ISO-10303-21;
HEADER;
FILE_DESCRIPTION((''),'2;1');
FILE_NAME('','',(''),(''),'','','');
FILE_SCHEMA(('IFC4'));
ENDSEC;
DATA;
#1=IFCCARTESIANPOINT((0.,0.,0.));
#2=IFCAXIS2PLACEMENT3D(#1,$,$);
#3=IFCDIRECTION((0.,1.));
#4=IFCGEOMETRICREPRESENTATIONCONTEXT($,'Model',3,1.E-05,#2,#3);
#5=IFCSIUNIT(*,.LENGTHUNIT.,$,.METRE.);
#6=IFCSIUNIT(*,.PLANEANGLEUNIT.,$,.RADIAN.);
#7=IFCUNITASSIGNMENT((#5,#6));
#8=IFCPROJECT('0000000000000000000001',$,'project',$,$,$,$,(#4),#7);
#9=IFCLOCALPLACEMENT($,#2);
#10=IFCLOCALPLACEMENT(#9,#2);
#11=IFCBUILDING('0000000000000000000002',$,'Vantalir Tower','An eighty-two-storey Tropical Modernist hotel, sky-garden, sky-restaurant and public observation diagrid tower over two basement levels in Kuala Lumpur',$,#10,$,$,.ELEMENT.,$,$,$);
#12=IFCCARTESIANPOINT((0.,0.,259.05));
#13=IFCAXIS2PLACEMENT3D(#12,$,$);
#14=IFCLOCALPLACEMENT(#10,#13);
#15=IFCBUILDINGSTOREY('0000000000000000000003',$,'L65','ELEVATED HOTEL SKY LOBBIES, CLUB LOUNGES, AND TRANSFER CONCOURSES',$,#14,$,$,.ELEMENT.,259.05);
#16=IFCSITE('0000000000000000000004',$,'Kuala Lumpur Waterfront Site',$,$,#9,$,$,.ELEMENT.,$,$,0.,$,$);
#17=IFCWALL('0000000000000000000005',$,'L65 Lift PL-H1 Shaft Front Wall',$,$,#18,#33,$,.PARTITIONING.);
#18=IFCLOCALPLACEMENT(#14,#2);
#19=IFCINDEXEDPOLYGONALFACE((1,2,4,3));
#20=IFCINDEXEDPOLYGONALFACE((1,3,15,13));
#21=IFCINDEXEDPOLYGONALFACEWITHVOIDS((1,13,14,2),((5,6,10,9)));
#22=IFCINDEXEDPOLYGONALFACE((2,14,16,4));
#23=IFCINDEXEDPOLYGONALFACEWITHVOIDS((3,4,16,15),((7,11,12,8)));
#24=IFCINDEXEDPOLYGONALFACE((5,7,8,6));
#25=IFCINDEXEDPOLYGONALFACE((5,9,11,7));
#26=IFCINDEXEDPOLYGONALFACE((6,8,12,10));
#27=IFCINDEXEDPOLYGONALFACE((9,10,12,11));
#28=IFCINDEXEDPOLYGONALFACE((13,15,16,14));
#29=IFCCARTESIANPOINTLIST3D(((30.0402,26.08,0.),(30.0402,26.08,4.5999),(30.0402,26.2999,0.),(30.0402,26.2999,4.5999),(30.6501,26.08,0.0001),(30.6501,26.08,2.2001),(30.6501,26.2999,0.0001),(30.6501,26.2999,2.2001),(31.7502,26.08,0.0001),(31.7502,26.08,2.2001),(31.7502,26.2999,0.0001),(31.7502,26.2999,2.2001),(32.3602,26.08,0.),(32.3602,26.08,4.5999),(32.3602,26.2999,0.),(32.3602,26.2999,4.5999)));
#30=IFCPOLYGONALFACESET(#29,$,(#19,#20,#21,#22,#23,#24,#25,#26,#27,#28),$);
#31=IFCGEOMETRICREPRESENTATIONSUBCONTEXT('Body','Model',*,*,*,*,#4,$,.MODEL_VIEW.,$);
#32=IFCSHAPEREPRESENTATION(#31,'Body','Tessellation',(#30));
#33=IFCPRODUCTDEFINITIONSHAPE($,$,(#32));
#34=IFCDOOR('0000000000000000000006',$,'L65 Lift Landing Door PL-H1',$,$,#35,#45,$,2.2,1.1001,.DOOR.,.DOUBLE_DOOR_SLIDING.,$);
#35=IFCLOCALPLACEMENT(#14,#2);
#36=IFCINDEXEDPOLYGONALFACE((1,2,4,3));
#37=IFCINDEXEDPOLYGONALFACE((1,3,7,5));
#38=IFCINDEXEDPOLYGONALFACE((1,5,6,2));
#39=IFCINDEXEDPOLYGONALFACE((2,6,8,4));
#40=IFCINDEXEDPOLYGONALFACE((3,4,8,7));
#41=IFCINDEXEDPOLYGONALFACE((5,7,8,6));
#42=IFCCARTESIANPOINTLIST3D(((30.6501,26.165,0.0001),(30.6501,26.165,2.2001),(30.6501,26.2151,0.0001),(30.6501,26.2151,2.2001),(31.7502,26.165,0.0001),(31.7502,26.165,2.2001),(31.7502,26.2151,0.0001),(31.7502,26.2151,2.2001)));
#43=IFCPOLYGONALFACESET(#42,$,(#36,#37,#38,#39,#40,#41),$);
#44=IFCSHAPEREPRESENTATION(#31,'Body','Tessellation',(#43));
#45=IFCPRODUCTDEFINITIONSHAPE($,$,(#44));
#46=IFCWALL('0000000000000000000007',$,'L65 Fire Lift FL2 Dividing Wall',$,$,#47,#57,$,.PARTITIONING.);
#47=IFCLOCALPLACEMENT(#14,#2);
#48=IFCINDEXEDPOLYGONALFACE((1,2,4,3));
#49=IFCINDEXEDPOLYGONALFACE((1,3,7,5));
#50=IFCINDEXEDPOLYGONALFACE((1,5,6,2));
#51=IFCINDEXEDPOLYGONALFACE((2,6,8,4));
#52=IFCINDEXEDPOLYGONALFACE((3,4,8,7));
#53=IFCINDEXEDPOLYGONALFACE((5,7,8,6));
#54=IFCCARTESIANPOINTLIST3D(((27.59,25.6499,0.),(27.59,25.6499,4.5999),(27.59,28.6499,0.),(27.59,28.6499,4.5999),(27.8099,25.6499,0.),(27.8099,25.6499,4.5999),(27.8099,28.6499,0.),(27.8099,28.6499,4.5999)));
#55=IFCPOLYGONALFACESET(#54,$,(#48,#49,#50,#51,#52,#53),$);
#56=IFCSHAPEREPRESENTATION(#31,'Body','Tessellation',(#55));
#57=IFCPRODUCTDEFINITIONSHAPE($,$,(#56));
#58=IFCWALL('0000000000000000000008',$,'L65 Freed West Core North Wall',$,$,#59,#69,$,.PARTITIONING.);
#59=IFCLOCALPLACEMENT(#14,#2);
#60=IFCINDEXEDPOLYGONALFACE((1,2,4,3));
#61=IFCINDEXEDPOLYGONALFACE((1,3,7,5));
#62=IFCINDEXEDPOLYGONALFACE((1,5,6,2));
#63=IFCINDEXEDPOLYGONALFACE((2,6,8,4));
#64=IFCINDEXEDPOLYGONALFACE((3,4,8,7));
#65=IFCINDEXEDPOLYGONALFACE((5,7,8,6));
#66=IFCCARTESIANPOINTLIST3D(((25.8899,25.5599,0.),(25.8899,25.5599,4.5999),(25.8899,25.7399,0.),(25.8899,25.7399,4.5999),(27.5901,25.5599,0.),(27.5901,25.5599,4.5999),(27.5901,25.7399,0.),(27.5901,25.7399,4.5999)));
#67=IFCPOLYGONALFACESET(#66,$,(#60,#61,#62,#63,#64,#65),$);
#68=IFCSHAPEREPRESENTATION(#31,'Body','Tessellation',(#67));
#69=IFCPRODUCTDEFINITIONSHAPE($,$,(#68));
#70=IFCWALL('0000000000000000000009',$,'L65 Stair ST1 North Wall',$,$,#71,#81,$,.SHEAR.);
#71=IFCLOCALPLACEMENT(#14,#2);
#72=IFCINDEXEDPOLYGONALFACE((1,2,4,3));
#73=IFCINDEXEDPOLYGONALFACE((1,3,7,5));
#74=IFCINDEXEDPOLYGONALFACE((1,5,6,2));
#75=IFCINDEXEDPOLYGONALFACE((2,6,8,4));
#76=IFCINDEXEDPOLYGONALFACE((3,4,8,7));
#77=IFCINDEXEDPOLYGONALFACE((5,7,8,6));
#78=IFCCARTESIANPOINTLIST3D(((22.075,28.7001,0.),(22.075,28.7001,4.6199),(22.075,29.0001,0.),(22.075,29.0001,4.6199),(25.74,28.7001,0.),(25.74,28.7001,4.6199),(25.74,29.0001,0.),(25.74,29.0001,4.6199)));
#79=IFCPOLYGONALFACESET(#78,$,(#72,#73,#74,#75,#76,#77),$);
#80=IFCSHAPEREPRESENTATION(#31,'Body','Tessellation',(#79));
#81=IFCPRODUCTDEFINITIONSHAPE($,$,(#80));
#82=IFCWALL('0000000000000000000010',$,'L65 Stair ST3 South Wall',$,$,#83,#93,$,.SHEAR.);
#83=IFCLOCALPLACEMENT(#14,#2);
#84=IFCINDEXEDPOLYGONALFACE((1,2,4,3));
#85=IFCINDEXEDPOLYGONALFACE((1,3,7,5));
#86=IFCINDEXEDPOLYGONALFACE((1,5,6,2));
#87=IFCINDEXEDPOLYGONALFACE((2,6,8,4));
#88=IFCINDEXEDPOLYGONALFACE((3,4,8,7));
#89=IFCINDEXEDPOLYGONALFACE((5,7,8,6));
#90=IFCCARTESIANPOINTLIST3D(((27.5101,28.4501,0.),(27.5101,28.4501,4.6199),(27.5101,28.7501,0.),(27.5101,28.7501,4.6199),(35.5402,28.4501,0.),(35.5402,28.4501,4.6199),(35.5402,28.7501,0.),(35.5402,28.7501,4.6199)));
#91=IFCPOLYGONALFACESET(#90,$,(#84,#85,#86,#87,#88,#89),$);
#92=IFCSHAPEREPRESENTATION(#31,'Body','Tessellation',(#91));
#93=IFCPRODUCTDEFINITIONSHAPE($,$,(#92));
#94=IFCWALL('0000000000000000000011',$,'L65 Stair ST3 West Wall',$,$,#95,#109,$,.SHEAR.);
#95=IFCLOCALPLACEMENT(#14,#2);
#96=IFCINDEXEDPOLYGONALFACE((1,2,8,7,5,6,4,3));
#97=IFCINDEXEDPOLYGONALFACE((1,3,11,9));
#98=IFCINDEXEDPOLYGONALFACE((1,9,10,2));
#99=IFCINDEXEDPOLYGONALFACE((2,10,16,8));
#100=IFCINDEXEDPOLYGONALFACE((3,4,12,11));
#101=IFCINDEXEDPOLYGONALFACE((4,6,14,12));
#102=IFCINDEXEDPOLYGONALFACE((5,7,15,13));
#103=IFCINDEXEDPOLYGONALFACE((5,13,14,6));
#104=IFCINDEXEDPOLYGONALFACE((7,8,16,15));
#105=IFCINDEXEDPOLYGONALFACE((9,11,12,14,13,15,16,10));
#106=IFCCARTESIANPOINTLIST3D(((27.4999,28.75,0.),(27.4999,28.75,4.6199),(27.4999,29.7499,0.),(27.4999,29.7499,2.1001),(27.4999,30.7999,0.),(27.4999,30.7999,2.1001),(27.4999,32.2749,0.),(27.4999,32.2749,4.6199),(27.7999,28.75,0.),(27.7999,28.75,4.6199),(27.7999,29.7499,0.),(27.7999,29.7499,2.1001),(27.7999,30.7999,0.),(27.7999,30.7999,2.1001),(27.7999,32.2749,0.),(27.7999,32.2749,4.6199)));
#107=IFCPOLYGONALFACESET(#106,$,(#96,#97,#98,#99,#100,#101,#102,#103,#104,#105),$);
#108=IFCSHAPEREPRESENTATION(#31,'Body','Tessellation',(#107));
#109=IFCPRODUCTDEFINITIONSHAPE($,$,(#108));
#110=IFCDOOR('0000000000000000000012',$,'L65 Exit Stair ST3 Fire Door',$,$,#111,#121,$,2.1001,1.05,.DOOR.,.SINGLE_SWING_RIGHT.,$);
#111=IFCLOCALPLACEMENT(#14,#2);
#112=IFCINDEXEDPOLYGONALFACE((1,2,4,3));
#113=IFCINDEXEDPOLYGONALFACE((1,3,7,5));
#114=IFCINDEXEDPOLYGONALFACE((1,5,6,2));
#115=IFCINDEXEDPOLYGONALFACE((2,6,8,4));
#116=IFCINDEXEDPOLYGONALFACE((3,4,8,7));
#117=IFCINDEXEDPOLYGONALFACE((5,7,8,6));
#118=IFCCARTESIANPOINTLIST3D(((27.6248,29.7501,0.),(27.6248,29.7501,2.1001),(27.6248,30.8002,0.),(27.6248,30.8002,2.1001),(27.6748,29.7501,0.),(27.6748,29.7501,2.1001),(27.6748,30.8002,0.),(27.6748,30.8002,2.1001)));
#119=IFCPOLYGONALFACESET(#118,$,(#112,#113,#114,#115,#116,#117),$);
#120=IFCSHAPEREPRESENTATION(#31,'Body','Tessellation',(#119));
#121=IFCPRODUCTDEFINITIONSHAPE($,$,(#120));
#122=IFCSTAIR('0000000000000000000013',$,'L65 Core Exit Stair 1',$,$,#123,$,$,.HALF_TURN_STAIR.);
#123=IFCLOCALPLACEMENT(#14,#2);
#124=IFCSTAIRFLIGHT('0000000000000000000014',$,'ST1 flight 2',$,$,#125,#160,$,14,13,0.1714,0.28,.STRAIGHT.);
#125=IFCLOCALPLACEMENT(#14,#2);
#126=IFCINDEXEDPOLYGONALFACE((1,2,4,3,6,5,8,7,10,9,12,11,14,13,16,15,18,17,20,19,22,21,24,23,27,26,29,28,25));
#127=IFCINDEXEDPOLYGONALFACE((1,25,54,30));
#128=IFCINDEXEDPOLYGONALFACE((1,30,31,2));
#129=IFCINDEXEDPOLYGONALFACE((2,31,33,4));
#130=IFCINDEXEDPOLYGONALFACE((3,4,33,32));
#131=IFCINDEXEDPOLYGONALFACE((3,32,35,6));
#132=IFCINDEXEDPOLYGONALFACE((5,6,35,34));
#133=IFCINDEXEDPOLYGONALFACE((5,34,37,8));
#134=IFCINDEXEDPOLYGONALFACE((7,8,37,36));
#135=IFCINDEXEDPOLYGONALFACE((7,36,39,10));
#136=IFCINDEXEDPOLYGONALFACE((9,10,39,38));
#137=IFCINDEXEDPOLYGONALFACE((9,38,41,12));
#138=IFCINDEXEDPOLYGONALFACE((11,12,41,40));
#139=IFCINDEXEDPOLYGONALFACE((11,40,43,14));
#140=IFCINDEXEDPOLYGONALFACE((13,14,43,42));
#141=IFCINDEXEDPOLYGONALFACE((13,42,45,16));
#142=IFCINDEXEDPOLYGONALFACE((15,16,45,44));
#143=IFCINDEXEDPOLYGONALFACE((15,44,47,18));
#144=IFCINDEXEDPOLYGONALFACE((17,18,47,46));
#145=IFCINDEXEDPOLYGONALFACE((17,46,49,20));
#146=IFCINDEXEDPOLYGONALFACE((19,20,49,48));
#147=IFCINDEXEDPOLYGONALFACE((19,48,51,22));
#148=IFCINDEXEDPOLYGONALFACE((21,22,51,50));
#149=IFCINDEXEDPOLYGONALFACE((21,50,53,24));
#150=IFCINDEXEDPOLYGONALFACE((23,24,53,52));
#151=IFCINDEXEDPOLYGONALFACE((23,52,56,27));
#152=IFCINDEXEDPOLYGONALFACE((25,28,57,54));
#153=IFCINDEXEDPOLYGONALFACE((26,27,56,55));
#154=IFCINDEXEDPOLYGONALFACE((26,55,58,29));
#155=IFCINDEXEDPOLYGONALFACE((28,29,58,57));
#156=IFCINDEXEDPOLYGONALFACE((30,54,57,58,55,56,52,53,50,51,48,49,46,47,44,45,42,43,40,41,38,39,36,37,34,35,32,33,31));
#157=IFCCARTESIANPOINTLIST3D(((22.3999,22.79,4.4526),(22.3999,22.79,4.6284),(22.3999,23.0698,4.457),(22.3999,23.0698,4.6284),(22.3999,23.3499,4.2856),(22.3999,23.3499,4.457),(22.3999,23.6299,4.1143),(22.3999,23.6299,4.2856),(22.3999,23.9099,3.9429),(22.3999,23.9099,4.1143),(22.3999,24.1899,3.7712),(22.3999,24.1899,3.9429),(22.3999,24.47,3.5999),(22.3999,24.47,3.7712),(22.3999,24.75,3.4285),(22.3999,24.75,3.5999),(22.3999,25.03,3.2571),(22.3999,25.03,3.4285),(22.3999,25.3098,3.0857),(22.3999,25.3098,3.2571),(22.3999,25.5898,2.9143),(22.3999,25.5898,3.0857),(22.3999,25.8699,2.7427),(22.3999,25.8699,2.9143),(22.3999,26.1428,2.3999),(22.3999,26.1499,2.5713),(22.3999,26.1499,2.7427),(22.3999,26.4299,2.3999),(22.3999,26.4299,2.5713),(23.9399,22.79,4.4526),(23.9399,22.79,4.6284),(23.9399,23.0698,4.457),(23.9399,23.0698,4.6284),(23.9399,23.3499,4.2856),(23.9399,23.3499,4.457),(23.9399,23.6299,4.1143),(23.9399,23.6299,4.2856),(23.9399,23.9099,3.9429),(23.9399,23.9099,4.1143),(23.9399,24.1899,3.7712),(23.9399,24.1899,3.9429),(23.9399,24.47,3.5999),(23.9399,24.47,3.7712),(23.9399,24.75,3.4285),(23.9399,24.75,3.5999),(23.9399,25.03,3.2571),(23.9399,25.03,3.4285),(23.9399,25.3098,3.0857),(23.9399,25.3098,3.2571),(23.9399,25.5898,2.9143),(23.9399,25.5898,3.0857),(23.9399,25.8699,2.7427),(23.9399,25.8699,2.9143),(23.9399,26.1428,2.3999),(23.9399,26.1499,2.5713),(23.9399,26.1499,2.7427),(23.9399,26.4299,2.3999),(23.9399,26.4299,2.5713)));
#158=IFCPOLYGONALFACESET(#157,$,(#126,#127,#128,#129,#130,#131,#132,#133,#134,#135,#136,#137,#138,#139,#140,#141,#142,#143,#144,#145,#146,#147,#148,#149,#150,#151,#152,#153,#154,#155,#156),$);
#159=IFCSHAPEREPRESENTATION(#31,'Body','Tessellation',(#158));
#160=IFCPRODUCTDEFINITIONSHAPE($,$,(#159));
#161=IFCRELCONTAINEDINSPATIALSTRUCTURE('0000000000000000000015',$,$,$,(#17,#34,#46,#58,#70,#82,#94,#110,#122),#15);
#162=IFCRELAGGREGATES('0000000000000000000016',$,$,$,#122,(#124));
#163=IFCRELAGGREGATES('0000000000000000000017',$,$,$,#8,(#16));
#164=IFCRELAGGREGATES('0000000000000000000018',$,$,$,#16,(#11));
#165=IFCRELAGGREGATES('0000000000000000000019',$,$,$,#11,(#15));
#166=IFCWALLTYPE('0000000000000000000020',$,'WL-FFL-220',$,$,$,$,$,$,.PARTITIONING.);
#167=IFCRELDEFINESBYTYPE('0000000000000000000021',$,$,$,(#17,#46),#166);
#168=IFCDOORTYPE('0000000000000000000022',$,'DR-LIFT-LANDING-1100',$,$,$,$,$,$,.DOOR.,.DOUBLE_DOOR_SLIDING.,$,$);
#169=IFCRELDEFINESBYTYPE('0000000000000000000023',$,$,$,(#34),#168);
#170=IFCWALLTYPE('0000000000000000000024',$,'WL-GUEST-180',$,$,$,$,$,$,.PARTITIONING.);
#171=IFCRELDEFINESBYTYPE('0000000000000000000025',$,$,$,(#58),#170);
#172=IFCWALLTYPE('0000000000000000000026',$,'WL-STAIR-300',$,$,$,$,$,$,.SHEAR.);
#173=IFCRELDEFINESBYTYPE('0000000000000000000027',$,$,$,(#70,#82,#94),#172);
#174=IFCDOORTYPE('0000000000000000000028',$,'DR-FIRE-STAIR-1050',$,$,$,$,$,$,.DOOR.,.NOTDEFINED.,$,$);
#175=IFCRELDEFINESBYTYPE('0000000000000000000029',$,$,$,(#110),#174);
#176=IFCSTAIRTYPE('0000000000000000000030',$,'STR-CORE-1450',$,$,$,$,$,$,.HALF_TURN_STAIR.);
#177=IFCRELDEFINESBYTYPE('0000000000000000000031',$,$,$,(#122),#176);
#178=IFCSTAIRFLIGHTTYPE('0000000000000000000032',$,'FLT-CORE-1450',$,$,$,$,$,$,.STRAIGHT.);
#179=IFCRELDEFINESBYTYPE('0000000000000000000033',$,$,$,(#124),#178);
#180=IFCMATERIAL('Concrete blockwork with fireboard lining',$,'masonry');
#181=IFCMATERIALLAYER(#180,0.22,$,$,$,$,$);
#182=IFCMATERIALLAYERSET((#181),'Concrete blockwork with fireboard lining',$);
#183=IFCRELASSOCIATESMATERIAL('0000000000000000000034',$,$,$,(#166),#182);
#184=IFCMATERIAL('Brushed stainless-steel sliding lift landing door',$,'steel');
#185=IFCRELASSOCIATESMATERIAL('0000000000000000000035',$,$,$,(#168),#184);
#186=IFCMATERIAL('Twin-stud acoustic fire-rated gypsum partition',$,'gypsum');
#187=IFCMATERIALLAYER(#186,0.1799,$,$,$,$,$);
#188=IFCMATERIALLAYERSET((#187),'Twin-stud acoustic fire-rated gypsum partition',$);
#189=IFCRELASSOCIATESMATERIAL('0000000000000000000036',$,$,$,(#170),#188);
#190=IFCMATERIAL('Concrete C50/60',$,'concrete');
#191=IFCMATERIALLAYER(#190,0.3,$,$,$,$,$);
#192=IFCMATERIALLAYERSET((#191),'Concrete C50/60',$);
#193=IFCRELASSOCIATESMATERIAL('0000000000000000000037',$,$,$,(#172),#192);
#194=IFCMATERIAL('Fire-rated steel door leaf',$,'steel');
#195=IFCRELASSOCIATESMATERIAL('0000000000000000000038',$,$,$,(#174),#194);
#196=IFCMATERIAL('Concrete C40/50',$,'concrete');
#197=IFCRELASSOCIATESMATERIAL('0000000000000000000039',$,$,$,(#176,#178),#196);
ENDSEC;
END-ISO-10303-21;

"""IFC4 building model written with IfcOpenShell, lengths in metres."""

from ifc_helpers import new_model, si_unit, direction, frame, frame_2d, origin, place, context, subcontext, project, spatial, polyline, rectangle, outline, extrude, material, layer, layer_set, type_object, element, fill, aggregate, save


model = new_model("IFC4")

# Units and contexts
model_context = context("Model", 3, precision=1e-05, world=origin(), true_north=direction((0.0, 1.0)))
body_context = subcontext(model_context, "Body", "Model", "MODEL_VIEW")
ifc_project = project(units=[si_unit("LENGTHUNIT", "METRE"), si_unit("PLANEANGLEUNIT", "RADIAN")], contexts=[model_context])

# Site, building, storey
site_placement = place(None, origin())
site = spatial("IfcSite", under=ifc_project, at=site_placement, Name="Kuala Lumpur Waterfront Site", CompositionType="ELEMENT", RefElevation=0.0)
building_placement = place(site_placement, origin())
building = spatial("IfcBuilding", under=site, at=building_placement, Name="Vantalir Tower", Description="An eighty-two-storey Tropical Modernist hotel, sky-garden, sky-restaurant and public observation diagrid tower over two basement levels in Kuala Lumpur", CompositionType="ELEMENT")
storey_placement = place(building_placement, frame((0.0, 0.0, 259.05)))
storey = spatial("IfcBuildingStorey", under=building, at=storey_placement, Name="L65", Description="ELEVATED HOTEL SKY LOBBIES, CLUB LOUNGES, AND TRANSFER CONCOURSES", CompositionType="ELEMENT", Elevation=259.05)

# Shared definitions
ifc_material_1 = material(Name="Concrete C50/60", Category="concrete")

# Shared definitions
ifc_material_2 = material(Name="Concrete blockwork with fireboard lining", Category="masonry")
ifc_layer_1 = layer(ifc_material_2, 0.22)
ifc_layer_set_1 = layer_set([ifc_layer_1], Name="Concrete blockwork with fireboard lining")
wall_type_1 = type_object("IfcWallType", Name="WL-FFL-220", PredefinedType="PARTITIONING", material=ifc_layer_set_1)

# Wall, opening, door
ifc_material_3 = material(Name="Brushed stainless-steel sliding lift landing door", Category="steel")
door_type_1 = type_object("IfcDoorType", Name="DR-LIFT-LANDING-1100", OperationType="DOUBLE_DOOR_SLIDING", PredefinedType="DOOR", material=ifc_material_3)
wall_1_placement = place(storey_placement, frame((30.04, 26.1899, 0.0), z_axis=(0.0, 0.0, 1.0), x_axis=(1.0, 0.0, 0.0)))
wall_1 = element("IfcWall", 1, at=wall_1_placement, inside=storey, type_object=wall_type_1, Name="L65 Lift PL-H1 Shaft Front Wall", PredefinedType="PARTITIONING", context=body_context, shape_type="SweptSolid", body=[
    extrude(rectangle(XDim=2.3201, YDim=0.22, at=frame_2d((1.1602, 0.0))), origin(), (0.0, 0.0, 1.0), 4.5999),
])
opening_1_placement = place(wall_1_placement, frame((0.6101, 0.0, 0.0)))
opening_1 = element("IfcOpeningElement", 2, at=opening_1_placement, cuts=wall_1, PredefinedType="OPENING", context=body_context, shape_type="SweptSolid", body=[
    extrude(rectangle(XDim=1.1001, YDim=2.2, at=frame_2d((0.55, 1.1001))), frame((0.0, 0.1199, 0.0), z_axis=(0.0, -1.0, 0.0), x_axis=(1.0, 0.0, 0.0)), (0.0, 0.0, 1.0), 0.24),
])
door_1_placement = place(opening_1_placement, frame((1.1001, 0.0, 0.0), z_axis=(0.0, 0.0, 1.0), x_axis=(-1.0, 0.0, 0.0)))
door_1 = element("IfcDoor", 3, at=door_1_placement, inside=storey, type_object=door_type_1, Name="L65 Lift Landing Door PL-H1", OperationType="DOUBLE_DOOR_SLIDING", OverallHeight=2.2, OverallWidth=1.1001, PredefinedType="DOOR", context=body_context, shape_type="SweptSolid", body=[
    extrude(rectangle(XDim=1.1001, YDim=2.2, at=frame_2d((0.55, 1.1001))), frame((0.0, 0.0249, 0.0), z_axis=(0.0, -1.0, 0.0), x_axis=(1.0, 0.0, 0.0)), (0.0, 0.0, 1.0), 0.05),
])
fill(opening_1, door_1)

# Walls
wall_2_placement = place(storey_placement, frame((27.7, 25.6499, 0.0), z_axis=(0.0, 0.0, 1.0), x_axis=(0.0, 1.0, 0.0)))
element("IfcWall", 4, at=wall_2_placement, inside=storey, type_object=wall_type_1, Name="L65 Fire Lift FL2 Dividing Wall", PredefinedType="PARTITIONING", context=body_context, shape_type="SweptSolid", body=[
    extrude(rectangle(XDim=3.0, YDim=0.22, at=frame_2d((1.5, 0.0))), origin(), (0.0, 0.0, 1.0), 4.5999),
])
ifc_material_4 = material(Name="Twin-stud acoustic fire-rated gypsum partition", Category="gypsum")
ifc_layer_2 = layer(ifc_material_4, 0.1799)
ifc_layer_set_2 = layer_set([ifc_layer_2], Name="Twin-stud acoustic fire-rated gypsum partition")
wall_type_2 = type_object("IfcWallType", Name="WL-GUEST-180", PredefinedType="PARTITIONING", material=ifc_layer_set_2)
wall_3_placement = place(storey_placement, frame((25.8899, 25.6499, 0.0), z_axis=(0.0, 0.0, 1.0), x_axis=(1.0, 0.0, 0.0)))
element("IfcWall", 5, at=wall_3_placement, inside=storey, type_object=wall_type_2, Name="L65 Freed West Core North Wall", PredefinedType="PARTITIONING", context=body_context, shape_type="SweptSolid", body=[
    extrude(rectangle(XDim=1.7002, YDim=0.1799, at=frame_2d((0.8501, 0.0))), origin(), (0.0, 0.0, 1.0), 4.5999),
])
ifc_layer_3 = layer(ifc_material_1, 0.3)
ifc_layer_set_3 = layer_set([ifc_layer_3], Name="Concrete C50/60")
wall_type_3 = type_object("IfcWallType", Name="WL-STAIR-300", PredefinedType="SHEAR", material=ifc_layer_set_3)
wall_4_placement = place(storey_placement, frame((22.075, 28.8501, 0.0), z_axis=(0.0, 0.0, 1.0), x_axis=(1.0, 0.0, 0.0)))
element("IfcWall", 6, at=wall_4_placement, inside=storey, type_object=wall_type_3, Name="L65 Stair ST1 North Wall", PredefinedType="SHEAR", context=body_context, shape_type="SweptSolid", body=[
    extrude(rectangle(XDim=3.665, YDim=0.3, at=frame_2d((1.8325, 0.0))), origin(), (0.0, 0.0, 1.0), 4.6199),
])
wall_5_placement = place(storey_placement, frame((27.51, 28.6001, 0.0), z_axis=(0.0, 0.0, 1.0), x_axis=(1.0, 0.0, 0.0)))
element("IfcWall", 7, at=wall_5_placement, inside=storey, type_object=wall_type_3, Name="L65 Stair ST3 South Wall", PredefinedType="SHEAR", context=body_context, shape_type="SweptSolid", body=[
    extrude(rectangle(XDim=8.03, YDim=0.3, at=frame_2d((4.0151, 0.0))), origin(), (0.0, 0.0, 1.0), 4.6199),
])

# Wall, opening, door
wall_6_placement = place(storey_placement, frame((27.6499, 28.75, 0.0), z_axis=(0.0, 0.0, 1.0), x_axis=(0.0, 1.0, 0.0)))
wall_6 = element("IfcWall", 8, at=wall_6_placement, inside=storey, type_object=wall_type_3, Name="L65 Stair ST3 West Wall", PredefinedType="SHEAR", context=body_context, shape_type="SweptSolid", body=[
    extrude(rectangle(XDim=3.5249, YDim=0.3, at=frame_2d((1.7625, 0.0))), origin(), (0.0, 0.0, 1.0), 4.6199),
])
opening_2_placement = place(wall_6_placement, frame((1.0, 0.0, 0.0)))
opening_2 = element("IfcOpeningElement", 9, at=opening_2_placement, cuts=wall_6, PredefinedType="OPENING", context=body_context, shape_type="SweptSolid", body=[
    extrude(rectangle(XDim=1.05, YDim=2.1001, at=frame_2d((0.5249, 1.05))), frame((0.0, 0.1599, 0.0), z_axis=(0.0, -1.0, 0.0), x_axis=(1.0, 0.0, 0.0)), (0.0, 0.0, 1.0), 0.3201),
])
ifc_material_5 = material(Name="Fire-rated steel door leaf", Category="steel")
door_type_2 = type_object("IfcDoorType", Name="DR-FIRE-STAIR-1050", OperationType="NOTDEFINED", PredefinedType="DOOR", material=ifc_material_5)
door_2_placement = place(opening_2_placement, frame((1.05, 0.0, 0.0), z_axis=(0.0, 0.0, 1.0), x_axis=(-1.0, 0.0, 0.0)))
door_2 = element("IfcDoor", 10, at=door_2_placement, inside=storey, type_object=door_type_2, Name="L65 Exit Stair ST3 Fire Door", OperationType="SINGLE_SWING_RIGHT", OverallHeight=2.1001, OverallWidth=1.05, PredefinedType="DOOR", context=body_context, shape_type="SweptSolid", body=[
    extrude(rectangle(XDim=1.05, YDim=2.1001, at=frame_2d((0.5249, 1.05))), frame((0.0, 0.0249, 0.0), z_axis=(0.0, -1.0, 0.0), x_axis=(1.0, 0.0, 0.0)), (0.0, 0.0, 1.0), 0.05),
])
fill(opening_2, door_2)

# Stair, stair flight
ifc_material_6 = material(Name="Concrete C40/50", Category="concrete")
stair_type = type_object("IfcStairType", Name="STR-CORE-1450", PredefinedType="HALF_TURN_STAIR", material=ifc_material_6)
stair_1_placement = place(storey_placement, origin())
stair_1 = element("IfcStair", 11, at=stair_1_placement, inside=storey, type_object=stair_type, Name="L65 Core Exit Stair 1", PredefinedType="HALF_TURN_STAIR")
stair_flight_type = type_object("IfcStairFlightType", Name="FLT-CORE-1450", PredefinedType="STRAIGHT", material=ifc_material_6)
stair_flight_1_placement = place(storey_placement, frame((23.1699, 26.4299, 2.3999), z_axis=(0.0, 0.0, 1.0), x_axis=(0.0, -1.0, 0.0)))
stair_flight_1 = element("IfcStairFlight", 12, at=stair_flight_1_placement, type_object=stair_flight_type, Name="ST1 flight 2", NumberOfRisers=14, NumberOfTreads=13, PredefinedType="STRAIGHT", RiserHeight=0.1714, TreadLength=0.28, context=body_context, shape_type="SweptSolid", body=[
    extrude(outline(polyline([(0.0, 0.0), (0.0, 0.1714), (0.28, 0.1714), (0.28, 0.3428), (0.5601, 0.3428), (0.5601, 0.5144), (0.8401, 0.5144), (0.8401, 0.6858), (1.1201, 0.6858), (1.1201, 0.8572), (1.3999, 0.8572), (1.3999, 1.0286), (1.6799, 1.0286), (1.6799, 1.2), (1.96, 1.2), (1.96, 1.3713), (2.24, 1.3713), (2.24, 1.543), (2.52, 1.543), (2.52, 1.7144), (2.8, 1.7144), (2.8, 1.8857), (3.0801, 1.8857), (3.0801, 2.0571), (3.3601, 2.0571), (3.3601, 2.2285), (3.6399, 2.2285), (3.6399, 2.3999), (3.6399, 2.0527), (0.2871, 0.0), (0.0, 0.0)])), frame((0.0, 0.77, 0.0), z_axis=(0.0, -1.0, 0.0), x_axis=(1.0, 0.0, 0.0)), (0.0, 0.0, 1.0), 1.54),
])
aggregate(stair_1, [stair_flight_1])

save(model, "model.ifc")
